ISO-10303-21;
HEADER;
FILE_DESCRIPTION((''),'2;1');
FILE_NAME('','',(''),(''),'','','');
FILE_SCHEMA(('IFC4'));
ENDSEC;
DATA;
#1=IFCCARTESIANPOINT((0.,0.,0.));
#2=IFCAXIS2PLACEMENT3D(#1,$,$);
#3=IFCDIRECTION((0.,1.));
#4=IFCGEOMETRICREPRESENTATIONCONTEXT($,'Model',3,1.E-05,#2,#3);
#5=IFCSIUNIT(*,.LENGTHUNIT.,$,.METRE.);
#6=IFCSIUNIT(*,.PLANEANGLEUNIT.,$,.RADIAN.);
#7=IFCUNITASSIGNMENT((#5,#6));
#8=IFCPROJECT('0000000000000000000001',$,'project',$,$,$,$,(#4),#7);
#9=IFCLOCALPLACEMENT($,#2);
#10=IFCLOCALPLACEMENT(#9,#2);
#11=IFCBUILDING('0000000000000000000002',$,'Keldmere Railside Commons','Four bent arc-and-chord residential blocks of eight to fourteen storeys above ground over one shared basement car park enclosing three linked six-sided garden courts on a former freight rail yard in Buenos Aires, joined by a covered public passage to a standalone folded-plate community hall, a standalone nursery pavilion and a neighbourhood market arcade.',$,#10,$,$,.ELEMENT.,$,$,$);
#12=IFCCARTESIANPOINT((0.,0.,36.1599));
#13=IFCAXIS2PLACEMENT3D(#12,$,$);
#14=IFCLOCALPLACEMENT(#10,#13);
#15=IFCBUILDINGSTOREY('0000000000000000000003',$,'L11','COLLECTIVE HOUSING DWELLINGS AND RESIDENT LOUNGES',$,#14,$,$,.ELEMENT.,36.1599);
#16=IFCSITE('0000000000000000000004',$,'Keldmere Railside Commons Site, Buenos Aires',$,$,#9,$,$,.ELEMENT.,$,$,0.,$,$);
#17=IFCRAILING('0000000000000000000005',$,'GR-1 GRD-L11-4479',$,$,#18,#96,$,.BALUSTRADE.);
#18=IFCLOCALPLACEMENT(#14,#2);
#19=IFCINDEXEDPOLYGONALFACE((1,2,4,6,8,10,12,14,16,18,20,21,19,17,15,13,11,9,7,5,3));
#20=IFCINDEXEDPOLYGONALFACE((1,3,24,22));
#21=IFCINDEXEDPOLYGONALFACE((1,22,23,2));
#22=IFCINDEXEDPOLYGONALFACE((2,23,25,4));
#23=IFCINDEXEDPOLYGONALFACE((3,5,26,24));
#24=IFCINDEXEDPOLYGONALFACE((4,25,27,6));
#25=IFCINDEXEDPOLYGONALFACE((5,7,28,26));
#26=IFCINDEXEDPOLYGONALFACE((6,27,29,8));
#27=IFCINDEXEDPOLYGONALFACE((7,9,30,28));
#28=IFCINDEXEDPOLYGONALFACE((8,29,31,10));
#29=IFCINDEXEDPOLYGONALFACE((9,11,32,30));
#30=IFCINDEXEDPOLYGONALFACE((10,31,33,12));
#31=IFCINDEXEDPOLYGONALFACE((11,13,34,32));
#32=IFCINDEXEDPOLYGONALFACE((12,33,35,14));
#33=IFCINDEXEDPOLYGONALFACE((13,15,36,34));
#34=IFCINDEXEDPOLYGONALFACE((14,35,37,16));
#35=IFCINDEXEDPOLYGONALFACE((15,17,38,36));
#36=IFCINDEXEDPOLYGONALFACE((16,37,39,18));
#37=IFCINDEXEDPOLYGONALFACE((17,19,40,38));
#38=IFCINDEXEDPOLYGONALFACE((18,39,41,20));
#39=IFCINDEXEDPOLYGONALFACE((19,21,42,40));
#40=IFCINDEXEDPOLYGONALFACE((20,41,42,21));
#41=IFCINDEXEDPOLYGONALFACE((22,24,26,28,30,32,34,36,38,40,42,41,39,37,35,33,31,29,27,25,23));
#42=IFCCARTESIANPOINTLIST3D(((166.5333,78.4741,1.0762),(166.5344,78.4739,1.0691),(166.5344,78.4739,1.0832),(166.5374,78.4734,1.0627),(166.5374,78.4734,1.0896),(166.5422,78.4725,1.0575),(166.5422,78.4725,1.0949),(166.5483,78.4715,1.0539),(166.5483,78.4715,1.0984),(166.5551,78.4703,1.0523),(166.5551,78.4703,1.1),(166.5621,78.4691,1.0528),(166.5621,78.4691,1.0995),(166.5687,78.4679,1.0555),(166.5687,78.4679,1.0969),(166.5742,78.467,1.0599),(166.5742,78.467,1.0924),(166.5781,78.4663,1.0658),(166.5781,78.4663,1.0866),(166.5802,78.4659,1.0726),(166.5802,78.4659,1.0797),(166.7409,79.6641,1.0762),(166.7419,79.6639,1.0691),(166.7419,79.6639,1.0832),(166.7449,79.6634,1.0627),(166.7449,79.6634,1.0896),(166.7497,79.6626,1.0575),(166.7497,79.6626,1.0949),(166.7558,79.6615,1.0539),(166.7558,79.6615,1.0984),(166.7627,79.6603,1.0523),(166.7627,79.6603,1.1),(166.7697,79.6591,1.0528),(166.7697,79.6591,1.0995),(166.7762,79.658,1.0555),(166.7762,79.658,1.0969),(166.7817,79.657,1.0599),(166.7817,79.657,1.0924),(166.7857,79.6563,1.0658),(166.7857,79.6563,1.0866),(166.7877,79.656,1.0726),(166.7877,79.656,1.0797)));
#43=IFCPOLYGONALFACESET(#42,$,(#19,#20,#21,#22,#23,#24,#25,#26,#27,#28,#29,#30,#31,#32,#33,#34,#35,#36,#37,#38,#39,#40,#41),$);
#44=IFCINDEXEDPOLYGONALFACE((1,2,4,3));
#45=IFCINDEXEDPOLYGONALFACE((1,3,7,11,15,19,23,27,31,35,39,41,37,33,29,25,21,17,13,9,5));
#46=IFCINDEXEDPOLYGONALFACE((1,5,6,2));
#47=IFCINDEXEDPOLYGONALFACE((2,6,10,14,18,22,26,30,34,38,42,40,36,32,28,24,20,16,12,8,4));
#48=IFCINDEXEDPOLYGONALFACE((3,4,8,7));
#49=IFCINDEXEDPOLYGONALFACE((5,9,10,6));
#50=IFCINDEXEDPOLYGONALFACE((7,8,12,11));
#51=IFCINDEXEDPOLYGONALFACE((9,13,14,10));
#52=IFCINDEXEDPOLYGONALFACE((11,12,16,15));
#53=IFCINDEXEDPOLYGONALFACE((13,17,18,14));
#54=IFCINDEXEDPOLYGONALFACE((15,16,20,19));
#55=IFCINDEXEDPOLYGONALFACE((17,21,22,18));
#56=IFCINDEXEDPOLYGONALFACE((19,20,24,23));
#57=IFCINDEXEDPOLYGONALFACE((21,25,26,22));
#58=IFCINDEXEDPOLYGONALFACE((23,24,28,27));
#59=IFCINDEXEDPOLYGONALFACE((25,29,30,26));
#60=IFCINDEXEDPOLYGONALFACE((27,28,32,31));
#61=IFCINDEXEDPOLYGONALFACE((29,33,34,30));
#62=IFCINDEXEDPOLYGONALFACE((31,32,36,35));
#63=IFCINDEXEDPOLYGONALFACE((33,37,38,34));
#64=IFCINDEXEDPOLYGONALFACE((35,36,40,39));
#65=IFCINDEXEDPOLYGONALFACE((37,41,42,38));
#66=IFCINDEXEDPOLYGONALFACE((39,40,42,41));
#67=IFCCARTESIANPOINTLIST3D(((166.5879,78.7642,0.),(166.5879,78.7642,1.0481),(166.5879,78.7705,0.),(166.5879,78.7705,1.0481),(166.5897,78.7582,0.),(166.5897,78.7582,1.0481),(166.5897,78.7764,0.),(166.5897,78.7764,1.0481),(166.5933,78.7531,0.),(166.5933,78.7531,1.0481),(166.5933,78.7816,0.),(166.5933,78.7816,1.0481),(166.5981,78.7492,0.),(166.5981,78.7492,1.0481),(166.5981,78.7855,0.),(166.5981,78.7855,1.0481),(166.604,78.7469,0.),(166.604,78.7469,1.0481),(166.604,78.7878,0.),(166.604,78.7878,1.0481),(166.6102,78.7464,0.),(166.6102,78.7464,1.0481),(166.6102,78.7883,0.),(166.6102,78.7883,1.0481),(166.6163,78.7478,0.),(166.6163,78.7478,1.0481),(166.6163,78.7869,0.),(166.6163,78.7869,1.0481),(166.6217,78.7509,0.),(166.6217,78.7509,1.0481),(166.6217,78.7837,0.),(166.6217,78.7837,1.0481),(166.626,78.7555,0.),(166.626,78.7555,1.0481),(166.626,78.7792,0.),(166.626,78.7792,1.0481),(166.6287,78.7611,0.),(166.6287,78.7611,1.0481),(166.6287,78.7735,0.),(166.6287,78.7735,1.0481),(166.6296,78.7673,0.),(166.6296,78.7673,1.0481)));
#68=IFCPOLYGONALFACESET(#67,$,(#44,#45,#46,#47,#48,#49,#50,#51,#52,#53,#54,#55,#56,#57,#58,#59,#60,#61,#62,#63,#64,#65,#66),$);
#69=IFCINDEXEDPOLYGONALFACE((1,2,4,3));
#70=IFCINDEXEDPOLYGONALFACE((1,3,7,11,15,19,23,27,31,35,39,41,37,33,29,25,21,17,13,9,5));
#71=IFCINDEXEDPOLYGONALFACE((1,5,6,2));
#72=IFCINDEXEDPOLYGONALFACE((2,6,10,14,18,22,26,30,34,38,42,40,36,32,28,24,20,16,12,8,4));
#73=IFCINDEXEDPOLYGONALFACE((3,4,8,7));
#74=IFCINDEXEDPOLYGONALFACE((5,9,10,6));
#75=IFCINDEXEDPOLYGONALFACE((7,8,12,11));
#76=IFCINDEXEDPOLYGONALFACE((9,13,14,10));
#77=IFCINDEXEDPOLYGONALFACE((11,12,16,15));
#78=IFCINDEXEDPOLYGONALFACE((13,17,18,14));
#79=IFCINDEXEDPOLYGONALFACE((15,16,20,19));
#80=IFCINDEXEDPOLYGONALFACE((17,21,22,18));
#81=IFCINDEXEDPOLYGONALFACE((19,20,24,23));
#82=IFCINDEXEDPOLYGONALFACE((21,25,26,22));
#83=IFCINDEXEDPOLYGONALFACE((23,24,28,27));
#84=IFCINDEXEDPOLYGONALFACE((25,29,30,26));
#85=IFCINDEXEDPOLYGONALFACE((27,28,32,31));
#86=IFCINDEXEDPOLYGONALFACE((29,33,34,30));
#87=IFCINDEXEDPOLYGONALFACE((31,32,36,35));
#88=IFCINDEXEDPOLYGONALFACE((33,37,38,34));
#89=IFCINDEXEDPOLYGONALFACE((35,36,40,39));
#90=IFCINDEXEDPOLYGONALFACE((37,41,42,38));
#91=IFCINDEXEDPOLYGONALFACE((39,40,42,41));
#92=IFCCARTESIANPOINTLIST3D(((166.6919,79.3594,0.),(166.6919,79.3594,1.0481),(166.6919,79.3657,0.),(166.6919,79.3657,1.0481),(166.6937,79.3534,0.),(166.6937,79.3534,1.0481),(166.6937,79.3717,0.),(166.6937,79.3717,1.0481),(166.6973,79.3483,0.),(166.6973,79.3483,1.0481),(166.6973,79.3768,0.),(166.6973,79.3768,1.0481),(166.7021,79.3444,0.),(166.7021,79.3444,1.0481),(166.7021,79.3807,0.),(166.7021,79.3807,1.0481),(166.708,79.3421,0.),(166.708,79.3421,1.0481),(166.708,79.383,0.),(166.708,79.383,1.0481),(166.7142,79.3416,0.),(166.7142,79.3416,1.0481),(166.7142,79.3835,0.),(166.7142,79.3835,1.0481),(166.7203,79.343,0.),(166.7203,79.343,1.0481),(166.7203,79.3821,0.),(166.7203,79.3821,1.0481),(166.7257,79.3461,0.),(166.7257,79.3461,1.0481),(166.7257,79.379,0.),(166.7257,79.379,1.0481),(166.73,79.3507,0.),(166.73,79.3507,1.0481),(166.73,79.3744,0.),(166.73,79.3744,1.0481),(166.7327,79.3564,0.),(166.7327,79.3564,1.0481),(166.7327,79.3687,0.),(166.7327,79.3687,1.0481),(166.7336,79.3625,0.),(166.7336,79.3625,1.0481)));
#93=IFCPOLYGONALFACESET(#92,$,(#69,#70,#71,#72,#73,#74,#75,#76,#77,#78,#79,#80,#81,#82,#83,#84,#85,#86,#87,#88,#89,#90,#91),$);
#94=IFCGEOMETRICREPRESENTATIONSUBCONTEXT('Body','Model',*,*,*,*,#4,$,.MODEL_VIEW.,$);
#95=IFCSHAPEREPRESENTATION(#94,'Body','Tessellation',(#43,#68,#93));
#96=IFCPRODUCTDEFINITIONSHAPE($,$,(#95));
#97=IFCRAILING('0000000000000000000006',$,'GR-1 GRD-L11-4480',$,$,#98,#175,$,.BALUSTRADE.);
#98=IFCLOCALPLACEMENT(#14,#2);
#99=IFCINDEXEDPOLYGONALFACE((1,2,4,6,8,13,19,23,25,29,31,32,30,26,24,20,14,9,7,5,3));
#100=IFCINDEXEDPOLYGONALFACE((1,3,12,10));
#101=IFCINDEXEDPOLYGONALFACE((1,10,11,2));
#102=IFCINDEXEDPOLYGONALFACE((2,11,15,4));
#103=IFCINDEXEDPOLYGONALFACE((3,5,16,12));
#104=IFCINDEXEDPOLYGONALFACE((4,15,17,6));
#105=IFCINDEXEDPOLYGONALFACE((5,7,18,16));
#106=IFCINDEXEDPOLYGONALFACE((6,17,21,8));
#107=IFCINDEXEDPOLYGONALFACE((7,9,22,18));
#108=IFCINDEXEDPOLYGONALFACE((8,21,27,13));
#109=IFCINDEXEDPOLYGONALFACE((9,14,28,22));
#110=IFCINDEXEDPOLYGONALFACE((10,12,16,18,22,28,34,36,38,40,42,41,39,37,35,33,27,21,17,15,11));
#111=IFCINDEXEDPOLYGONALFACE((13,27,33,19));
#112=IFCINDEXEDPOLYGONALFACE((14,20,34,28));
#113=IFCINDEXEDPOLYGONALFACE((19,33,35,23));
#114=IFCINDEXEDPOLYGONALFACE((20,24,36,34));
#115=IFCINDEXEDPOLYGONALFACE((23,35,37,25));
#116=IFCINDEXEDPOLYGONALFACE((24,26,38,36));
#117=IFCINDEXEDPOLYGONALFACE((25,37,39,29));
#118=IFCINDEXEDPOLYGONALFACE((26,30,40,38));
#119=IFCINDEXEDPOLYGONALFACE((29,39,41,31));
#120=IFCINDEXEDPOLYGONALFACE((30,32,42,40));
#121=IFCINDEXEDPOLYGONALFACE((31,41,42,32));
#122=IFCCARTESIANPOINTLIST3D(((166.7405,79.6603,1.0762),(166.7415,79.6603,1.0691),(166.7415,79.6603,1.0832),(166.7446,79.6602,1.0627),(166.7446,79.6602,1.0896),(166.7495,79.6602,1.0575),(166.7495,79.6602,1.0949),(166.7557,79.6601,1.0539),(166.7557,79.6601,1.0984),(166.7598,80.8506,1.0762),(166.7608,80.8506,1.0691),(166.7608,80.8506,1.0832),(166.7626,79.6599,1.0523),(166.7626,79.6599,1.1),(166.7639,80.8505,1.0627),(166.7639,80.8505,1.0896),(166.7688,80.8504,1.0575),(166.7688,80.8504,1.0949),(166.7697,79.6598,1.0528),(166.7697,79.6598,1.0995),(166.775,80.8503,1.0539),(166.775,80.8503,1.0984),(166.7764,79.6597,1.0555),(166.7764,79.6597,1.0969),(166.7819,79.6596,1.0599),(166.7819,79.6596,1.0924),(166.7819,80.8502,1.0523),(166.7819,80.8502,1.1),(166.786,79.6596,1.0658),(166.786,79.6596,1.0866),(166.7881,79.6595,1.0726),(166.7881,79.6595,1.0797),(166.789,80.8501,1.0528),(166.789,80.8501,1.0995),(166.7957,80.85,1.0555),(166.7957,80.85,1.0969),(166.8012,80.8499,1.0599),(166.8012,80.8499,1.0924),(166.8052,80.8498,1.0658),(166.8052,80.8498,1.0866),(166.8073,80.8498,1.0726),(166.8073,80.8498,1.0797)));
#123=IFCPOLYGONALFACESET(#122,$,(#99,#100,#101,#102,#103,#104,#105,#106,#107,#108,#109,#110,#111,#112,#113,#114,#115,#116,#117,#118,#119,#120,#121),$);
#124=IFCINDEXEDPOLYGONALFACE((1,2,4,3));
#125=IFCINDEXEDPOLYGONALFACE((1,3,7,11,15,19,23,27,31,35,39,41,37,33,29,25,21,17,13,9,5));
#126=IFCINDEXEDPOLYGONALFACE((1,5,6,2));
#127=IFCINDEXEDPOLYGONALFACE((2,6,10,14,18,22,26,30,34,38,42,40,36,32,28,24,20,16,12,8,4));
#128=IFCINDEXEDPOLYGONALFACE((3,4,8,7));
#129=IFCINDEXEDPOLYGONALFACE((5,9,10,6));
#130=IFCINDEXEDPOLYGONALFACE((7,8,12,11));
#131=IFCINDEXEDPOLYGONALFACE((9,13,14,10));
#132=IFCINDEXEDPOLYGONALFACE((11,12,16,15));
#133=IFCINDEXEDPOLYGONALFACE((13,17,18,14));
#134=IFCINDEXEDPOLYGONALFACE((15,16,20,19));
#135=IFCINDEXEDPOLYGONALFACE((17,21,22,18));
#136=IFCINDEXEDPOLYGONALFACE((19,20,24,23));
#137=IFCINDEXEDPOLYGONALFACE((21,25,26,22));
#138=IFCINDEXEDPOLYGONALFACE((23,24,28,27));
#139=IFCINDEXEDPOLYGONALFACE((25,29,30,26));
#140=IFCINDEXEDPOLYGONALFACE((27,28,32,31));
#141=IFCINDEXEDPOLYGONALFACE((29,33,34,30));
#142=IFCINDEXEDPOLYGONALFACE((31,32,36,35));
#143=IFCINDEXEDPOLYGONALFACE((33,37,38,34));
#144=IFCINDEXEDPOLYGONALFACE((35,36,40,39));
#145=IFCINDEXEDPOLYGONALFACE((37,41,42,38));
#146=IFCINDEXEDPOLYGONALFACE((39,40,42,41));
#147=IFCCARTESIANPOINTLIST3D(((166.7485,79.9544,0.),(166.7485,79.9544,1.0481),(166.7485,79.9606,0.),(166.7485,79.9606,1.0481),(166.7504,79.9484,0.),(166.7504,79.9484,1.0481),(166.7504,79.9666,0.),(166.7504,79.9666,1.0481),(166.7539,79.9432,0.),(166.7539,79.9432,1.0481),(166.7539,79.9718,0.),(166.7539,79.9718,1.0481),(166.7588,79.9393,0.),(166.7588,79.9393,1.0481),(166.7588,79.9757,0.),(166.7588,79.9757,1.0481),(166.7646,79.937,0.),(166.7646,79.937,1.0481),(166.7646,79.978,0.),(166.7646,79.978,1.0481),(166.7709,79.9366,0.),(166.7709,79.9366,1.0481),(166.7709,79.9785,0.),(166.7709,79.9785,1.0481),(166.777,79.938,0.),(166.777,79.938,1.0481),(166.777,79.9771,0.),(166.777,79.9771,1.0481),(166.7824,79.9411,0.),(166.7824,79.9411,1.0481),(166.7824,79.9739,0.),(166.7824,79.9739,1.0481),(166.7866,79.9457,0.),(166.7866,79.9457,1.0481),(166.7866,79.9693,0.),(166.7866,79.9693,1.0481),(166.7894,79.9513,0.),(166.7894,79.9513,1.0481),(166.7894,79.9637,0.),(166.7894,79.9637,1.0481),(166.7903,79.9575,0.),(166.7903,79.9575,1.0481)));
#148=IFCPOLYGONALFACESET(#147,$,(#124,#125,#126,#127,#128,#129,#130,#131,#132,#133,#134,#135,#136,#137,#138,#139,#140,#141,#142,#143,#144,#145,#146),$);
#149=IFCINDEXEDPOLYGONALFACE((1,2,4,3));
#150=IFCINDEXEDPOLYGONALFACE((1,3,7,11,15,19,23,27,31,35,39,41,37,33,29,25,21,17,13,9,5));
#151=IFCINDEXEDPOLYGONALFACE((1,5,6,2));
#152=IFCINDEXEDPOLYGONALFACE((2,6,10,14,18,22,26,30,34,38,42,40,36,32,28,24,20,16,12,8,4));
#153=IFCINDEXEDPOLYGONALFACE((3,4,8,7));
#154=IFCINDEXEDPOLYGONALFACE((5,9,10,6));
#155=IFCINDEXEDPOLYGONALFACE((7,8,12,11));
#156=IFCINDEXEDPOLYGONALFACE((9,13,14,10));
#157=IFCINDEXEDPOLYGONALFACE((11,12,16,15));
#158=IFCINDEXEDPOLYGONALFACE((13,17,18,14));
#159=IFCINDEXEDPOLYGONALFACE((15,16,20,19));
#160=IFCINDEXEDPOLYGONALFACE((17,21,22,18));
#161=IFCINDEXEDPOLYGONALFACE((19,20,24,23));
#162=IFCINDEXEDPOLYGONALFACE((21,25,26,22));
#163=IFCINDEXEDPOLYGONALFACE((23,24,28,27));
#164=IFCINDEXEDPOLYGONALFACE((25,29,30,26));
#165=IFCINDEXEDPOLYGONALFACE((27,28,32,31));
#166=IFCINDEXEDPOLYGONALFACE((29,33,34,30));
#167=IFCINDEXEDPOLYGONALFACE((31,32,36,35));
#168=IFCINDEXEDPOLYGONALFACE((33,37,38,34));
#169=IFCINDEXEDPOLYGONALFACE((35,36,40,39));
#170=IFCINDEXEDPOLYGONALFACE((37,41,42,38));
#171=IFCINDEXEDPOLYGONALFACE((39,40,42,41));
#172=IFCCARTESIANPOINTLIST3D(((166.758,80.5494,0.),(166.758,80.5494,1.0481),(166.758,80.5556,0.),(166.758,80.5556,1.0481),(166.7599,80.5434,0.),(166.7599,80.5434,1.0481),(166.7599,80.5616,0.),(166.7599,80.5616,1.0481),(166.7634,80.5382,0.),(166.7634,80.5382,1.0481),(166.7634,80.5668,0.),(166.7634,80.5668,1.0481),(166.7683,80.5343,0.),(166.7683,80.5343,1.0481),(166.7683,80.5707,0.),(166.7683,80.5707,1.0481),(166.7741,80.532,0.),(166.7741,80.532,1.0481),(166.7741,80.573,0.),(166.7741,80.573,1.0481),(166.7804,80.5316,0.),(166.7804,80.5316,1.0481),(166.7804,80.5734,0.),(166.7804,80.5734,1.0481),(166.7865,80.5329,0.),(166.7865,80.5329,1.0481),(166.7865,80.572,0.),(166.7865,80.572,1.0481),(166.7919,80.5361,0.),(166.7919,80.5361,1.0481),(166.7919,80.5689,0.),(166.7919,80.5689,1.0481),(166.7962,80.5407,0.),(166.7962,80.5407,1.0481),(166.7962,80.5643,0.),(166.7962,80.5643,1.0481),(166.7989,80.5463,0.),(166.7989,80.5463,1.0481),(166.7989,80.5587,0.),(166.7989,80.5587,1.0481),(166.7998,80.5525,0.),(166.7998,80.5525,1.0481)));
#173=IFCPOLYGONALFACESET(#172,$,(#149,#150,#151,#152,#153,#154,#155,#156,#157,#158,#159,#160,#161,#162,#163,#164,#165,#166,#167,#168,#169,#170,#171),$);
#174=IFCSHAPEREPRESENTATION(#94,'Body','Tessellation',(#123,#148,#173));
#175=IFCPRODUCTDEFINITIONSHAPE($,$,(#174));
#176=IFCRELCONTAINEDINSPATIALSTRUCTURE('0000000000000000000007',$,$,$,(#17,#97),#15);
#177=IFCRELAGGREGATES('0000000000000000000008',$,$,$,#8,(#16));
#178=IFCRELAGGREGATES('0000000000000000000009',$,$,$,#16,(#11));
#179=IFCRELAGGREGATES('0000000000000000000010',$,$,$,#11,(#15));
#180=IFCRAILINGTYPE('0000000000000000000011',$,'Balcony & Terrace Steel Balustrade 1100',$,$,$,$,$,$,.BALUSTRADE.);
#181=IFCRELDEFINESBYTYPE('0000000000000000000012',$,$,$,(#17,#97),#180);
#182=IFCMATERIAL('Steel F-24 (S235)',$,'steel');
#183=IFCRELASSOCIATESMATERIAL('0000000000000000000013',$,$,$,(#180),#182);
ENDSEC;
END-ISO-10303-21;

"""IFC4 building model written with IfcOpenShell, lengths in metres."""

from ifc_helpers import new_model, si_unit, direction, frame, origin, origin_2d, place, context, subcontext, project, spatial, circle, extrude, material, type_object, element, save


model = new_model("IFC4")

# Units and contexts
model_context = context("Model", 3, precision=1e-05, world=origin(), true_north=direction((0.0, 1.0)))
body_context = subcontext(model_context, "Body", "Model", "MODEL_VIEW")
ifc_project = project(units=[si_unit("LENGTHUNIT", "METRE"), si_unit("PLANEANGLEUNIT", "RADIAN")], contexts=[model_context])

# Site, building, storey
site_placement = place(None, origin())
site = spatial("IfcSite", under=ifc_project, at=site_placement, Name="Keldmere Railside Commons Site, Buenos Aires", CompositionType="ELEMENT", RefElevation=0.0)
building_placement = place(site_placement, origin())
building = spatial("IfcBuilding", under=site, at=building_placement, Name="Keldmere Railside Commons", Description="Four bent arc-and-chord residential blocks of eight to fourteen storeys above ground over one shared basement car park enclosing three linked six-sided garden courts on a former freight rail yard in Buenos Aires, joined by a covered public passage to a standalone folded-plate community hall, a standalone nursery pavilion and a neighbourhood market arcade.", CompositionType="ELEMENT")
storey_placement = place(building_placement, frame((0.0, 0.0, 36.1599)))
storey = spatial("IfcBuildingStorey", under=building, at=storey_placement, Name="L11", Description="COLLECTIVE HOUSING DWELLINGS AND RESIDENT LOUNGES", CompositionType="ELEMENT", Elevation=36.1599)

# Railings
ifc_material_1 = material(Name="Steel F-24 (S235)", Category="steel")
railing_type = type_object("IfcRailingType", Name="Balcony & Terrace Steel Balustrade 1100", PredefinedType="BALUSTRADE", material=ifc_material_1)
railing_1_placement = place(storey_placement, frame((166.5569, 78.47, 0.0)))
element("IfcRailing", 1, at=railing_1_placement, inside=storey, type_object=railing_type, Name="GR-1 GRD-L11-4479", PredefinedType="BALUSTRADE", context=body_context, shape_type="SweptSolid", body=[
    extrude(circle(Radius=0.0239, at=origin_2d()), frame((0.0, 0.0, 1.0762), z_axis=(0.171802, 0.985132, 0.0), x_axis=(-0.985132, 0.171802, 0.0)), (0.0, 0.0, 1.0), 1.208),
    extrude(circle(Radius=0.021, at=origin_2d()), frame((0.0518, 0.2974, 0.0)), (0.0, 0.0, 1.0), 1.0481),
    extrude(circle(Radius=0.021, at=origin_2d()), frame((0.1558, 0.8926, 0.0)), (0.0, 0.0, 1.0), 1.0481),
])
railing_2_placement = place(storey_placement, frame((166.7644, 79.6599, 0.0)))
element("IfcRailing", 2, at=railing_2_placement, inside=storey, type_object=railing_type, Name="GR-1 GRD-L11-4480", PredefinedType="BALUSTRADE", context=body_context, shape_type="SweptSolid", body=[
    extrude(circle(Radius=0.0239, at=origin_2d()), frame((0.0, 0.0, 1.0762), z_axis=(0.016203, 0.999869, 0.0), x_axis=(-0.999869, 0.016203, 0.0)), (0.0, 0.0, 1.0), 1.1904),
    extrude(circle(Radius=0.021, at=origin_2d()), frame((0.0049, 0.2976, 0.0)), (0.0, 0.0, 1.0), 1.0481),
    extrude(circle(Radius=0.021, at=origin_2d()), frame((0.0144, 0.8926, 0.0)), (0.0, 0.0, 1.0), 1.0481),
])

save(model, "model.ifc")
